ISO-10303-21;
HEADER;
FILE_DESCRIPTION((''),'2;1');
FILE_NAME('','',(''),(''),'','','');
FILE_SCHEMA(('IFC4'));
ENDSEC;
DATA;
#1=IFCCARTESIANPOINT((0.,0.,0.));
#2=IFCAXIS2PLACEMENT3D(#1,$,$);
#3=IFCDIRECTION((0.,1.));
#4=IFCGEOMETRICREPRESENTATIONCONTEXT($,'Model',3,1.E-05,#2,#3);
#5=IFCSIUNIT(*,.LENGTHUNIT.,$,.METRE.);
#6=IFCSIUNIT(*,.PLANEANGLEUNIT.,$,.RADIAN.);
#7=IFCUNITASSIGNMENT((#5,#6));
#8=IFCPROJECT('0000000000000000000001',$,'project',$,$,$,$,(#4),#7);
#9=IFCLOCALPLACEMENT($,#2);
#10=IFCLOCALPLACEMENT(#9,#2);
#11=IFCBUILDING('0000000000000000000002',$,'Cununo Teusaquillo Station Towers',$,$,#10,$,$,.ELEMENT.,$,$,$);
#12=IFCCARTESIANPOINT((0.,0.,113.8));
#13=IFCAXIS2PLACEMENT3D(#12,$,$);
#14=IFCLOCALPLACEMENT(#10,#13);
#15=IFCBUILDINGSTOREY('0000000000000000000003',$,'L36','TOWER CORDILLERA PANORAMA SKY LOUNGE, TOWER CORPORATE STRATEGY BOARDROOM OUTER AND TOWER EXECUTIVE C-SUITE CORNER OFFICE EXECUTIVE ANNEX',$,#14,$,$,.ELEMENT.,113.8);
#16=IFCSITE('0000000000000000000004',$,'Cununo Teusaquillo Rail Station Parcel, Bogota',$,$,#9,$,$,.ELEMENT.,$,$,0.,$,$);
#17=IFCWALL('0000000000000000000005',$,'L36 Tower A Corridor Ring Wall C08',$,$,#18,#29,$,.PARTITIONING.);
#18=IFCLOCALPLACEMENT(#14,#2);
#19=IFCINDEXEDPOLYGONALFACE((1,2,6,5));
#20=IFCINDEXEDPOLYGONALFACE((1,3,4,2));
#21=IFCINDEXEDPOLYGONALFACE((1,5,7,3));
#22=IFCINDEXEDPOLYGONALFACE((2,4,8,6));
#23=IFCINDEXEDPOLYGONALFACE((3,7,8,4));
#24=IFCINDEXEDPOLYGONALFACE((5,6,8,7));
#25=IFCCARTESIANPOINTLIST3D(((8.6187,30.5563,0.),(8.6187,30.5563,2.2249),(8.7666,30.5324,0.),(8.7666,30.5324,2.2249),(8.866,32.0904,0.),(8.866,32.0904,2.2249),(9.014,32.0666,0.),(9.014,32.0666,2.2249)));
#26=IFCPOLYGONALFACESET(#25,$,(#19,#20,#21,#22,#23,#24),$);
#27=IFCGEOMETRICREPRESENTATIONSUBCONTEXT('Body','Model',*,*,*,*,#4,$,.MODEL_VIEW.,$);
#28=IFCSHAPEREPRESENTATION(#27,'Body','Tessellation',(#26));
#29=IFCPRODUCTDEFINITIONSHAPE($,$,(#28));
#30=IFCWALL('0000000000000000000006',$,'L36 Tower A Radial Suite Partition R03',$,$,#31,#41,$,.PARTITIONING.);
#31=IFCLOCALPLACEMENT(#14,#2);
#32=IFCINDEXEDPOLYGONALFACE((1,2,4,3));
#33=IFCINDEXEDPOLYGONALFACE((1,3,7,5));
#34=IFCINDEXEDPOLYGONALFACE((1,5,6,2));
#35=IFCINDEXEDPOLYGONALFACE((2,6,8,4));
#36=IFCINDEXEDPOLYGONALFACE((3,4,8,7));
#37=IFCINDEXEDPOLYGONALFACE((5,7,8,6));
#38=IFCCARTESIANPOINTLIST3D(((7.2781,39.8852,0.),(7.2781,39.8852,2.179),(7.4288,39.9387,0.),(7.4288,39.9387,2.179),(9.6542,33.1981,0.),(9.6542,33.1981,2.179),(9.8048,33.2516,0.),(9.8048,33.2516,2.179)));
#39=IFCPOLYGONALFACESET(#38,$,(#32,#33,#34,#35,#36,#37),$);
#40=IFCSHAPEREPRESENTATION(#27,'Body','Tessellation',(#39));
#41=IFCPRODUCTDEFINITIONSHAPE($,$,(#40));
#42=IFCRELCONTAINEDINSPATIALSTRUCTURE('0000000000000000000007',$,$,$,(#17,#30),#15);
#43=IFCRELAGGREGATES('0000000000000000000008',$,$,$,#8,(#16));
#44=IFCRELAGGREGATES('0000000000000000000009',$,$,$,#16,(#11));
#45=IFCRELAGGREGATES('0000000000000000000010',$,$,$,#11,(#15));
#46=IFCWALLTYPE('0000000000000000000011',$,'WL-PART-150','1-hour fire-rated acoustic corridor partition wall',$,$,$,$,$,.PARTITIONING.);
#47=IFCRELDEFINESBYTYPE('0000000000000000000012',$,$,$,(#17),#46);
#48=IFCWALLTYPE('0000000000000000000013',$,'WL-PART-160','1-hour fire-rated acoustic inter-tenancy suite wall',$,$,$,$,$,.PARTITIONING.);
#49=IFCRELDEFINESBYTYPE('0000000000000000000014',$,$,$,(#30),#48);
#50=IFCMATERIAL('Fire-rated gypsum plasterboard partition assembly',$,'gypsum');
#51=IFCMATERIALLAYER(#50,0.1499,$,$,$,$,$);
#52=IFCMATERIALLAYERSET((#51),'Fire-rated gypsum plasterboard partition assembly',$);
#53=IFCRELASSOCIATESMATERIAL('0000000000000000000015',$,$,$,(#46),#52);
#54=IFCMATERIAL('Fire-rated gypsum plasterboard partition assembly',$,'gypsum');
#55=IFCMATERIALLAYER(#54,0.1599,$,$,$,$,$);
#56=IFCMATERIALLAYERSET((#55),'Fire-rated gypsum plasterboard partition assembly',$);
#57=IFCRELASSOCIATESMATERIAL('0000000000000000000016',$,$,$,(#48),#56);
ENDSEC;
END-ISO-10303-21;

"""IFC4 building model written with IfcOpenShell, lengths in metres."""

from ifc_helpers import new_model, si_unit, direction, frame, frame_2d, origin, place, context, subcontext, project, spatial, rectangle, extrude, material, layer, layer_set, type_object, element, save


model = new_model("IFC4")

# Units and contexts
model_context = context("Model", 3, precision=1e-05, world=origin(), true_north=direction((0.0, 1.0)))
body_context = subcontext(model_context, "Body", "Model", "MODEL_VIEW")
ifc_project = project(units=[si_unit("LENGTHUNIT", "METRE"), si_unit("PLANEANGLEUNIT", "RADIAN")], contexts=[model_context])

# Site, building, storey
site_placement = place(None, origin())
site = spatial("IfcSite", under=ifc_project, at=site_placement, Name="Cununo Teusaquillo Rail Station Parcel, Bogota", CompositionType="ELEMENT", RefElevation=0.0)
building_placement = place(site_placement, origin())
building = spatial("IfcBuilding", under=site, at=building_placement, Name="Cununo Teusaquillo Station Towers", CompositionType="ELEMENT")
storey_placement = place(building_placement, frame((0.0, 0.0, 113.8)))
storey = spatial("IfcBuildingStorey", under=building, at=storey_placement, Name="L36", Description="TOWER CORDILLERA PANORAMA SKY LOUNGE, TOWER CORPORATE STRATEGY BOARDROOM OUTER AND TOWER EXECUTIVE C-SUITE CORNER OFFICE EXECUTIVE ANNEX", CompositionType="ELEMENT", Elevation=113.8)

# Walls
ifc_material_1 = material(Name="Fire-rated gypsum plasterboard partition assembly", Category="gypsum")
ifc_layer_1 = layer(ifc_material_1, 0.1499)
ifc_layer_set_1 = layer_set([ifc_layer_1], Name="Fire-rated gypsum plasterboard partition assembly")
wall_type_1 = type_object("IfcWallType", Name="WL-PART-150", Description="1-hour fire-rated acoustic corridor partition wall", PredefinedType="PARTITIONING", material=ifc_layer_set_1)
wall_1_placement = place(storey_placement, frame((8.9399, 32.0784, 0.0), z_axis=(0.0, 0.0, 1.0), x_axis=(-0.159148, -0.987255, 0.0)))
element("IfcWall", 1, at=wall_1_placement, inside=storey, type_object=wall_type_1, Name="L36 Tower A Corridor Ring Wall C08", PredefinedType="PARTITIONING", context=body_context, shape_type="SweptSolid", body=[
    extrude(rectangle(XDim=1.554, YDim=0.1499, at=frame_2d((0.7769, 0.0))), origin(), (0.0, 0.0, 1.0), 2.2249),
])
ifc_material_2 = material(Name="Fire-rated gypsum plasterboard partition assembly", Category="gypsum")
ifc_layer_2 = layer(ifc_material_2, 0.1599)
ifc_layer_set_2 = layer_set([ifc_layer_2], Name="Fire-rated gypsum plasterboard partition assembly")
wall_type_2 = type_object("IfcWallType", Name="WL-PART-160", Description="1-hour fire-rated acoustic inter-tenancy suite wall", PredefinedType="PARTITIONING", material=ifc_layer_set_2)
wall_2_placement = place(storey_placement, frame((9.7295, 33.2249, 0.0), z_axis=(0.0, 0.0, 1.0), x_axis=(-0.334806, 0.942287, 0.0)))
element("IfcWall", 2, at=wall_2_placement, inside=storey, type_object=wall_type_2, Name="L36 Tower A Radial Suite Partition R03", PredefinedType="PARTITIONING", context=body_context, shape_type="SweptSolid", body=[
    extrude(rectangle(XDim=7.0967, YDim=0.1599, at=frame_2d((3.5483, 0.0))), origin(), (0.0, 0.0, 1.0), 2.179),
])

save(model, "model.ifc")
